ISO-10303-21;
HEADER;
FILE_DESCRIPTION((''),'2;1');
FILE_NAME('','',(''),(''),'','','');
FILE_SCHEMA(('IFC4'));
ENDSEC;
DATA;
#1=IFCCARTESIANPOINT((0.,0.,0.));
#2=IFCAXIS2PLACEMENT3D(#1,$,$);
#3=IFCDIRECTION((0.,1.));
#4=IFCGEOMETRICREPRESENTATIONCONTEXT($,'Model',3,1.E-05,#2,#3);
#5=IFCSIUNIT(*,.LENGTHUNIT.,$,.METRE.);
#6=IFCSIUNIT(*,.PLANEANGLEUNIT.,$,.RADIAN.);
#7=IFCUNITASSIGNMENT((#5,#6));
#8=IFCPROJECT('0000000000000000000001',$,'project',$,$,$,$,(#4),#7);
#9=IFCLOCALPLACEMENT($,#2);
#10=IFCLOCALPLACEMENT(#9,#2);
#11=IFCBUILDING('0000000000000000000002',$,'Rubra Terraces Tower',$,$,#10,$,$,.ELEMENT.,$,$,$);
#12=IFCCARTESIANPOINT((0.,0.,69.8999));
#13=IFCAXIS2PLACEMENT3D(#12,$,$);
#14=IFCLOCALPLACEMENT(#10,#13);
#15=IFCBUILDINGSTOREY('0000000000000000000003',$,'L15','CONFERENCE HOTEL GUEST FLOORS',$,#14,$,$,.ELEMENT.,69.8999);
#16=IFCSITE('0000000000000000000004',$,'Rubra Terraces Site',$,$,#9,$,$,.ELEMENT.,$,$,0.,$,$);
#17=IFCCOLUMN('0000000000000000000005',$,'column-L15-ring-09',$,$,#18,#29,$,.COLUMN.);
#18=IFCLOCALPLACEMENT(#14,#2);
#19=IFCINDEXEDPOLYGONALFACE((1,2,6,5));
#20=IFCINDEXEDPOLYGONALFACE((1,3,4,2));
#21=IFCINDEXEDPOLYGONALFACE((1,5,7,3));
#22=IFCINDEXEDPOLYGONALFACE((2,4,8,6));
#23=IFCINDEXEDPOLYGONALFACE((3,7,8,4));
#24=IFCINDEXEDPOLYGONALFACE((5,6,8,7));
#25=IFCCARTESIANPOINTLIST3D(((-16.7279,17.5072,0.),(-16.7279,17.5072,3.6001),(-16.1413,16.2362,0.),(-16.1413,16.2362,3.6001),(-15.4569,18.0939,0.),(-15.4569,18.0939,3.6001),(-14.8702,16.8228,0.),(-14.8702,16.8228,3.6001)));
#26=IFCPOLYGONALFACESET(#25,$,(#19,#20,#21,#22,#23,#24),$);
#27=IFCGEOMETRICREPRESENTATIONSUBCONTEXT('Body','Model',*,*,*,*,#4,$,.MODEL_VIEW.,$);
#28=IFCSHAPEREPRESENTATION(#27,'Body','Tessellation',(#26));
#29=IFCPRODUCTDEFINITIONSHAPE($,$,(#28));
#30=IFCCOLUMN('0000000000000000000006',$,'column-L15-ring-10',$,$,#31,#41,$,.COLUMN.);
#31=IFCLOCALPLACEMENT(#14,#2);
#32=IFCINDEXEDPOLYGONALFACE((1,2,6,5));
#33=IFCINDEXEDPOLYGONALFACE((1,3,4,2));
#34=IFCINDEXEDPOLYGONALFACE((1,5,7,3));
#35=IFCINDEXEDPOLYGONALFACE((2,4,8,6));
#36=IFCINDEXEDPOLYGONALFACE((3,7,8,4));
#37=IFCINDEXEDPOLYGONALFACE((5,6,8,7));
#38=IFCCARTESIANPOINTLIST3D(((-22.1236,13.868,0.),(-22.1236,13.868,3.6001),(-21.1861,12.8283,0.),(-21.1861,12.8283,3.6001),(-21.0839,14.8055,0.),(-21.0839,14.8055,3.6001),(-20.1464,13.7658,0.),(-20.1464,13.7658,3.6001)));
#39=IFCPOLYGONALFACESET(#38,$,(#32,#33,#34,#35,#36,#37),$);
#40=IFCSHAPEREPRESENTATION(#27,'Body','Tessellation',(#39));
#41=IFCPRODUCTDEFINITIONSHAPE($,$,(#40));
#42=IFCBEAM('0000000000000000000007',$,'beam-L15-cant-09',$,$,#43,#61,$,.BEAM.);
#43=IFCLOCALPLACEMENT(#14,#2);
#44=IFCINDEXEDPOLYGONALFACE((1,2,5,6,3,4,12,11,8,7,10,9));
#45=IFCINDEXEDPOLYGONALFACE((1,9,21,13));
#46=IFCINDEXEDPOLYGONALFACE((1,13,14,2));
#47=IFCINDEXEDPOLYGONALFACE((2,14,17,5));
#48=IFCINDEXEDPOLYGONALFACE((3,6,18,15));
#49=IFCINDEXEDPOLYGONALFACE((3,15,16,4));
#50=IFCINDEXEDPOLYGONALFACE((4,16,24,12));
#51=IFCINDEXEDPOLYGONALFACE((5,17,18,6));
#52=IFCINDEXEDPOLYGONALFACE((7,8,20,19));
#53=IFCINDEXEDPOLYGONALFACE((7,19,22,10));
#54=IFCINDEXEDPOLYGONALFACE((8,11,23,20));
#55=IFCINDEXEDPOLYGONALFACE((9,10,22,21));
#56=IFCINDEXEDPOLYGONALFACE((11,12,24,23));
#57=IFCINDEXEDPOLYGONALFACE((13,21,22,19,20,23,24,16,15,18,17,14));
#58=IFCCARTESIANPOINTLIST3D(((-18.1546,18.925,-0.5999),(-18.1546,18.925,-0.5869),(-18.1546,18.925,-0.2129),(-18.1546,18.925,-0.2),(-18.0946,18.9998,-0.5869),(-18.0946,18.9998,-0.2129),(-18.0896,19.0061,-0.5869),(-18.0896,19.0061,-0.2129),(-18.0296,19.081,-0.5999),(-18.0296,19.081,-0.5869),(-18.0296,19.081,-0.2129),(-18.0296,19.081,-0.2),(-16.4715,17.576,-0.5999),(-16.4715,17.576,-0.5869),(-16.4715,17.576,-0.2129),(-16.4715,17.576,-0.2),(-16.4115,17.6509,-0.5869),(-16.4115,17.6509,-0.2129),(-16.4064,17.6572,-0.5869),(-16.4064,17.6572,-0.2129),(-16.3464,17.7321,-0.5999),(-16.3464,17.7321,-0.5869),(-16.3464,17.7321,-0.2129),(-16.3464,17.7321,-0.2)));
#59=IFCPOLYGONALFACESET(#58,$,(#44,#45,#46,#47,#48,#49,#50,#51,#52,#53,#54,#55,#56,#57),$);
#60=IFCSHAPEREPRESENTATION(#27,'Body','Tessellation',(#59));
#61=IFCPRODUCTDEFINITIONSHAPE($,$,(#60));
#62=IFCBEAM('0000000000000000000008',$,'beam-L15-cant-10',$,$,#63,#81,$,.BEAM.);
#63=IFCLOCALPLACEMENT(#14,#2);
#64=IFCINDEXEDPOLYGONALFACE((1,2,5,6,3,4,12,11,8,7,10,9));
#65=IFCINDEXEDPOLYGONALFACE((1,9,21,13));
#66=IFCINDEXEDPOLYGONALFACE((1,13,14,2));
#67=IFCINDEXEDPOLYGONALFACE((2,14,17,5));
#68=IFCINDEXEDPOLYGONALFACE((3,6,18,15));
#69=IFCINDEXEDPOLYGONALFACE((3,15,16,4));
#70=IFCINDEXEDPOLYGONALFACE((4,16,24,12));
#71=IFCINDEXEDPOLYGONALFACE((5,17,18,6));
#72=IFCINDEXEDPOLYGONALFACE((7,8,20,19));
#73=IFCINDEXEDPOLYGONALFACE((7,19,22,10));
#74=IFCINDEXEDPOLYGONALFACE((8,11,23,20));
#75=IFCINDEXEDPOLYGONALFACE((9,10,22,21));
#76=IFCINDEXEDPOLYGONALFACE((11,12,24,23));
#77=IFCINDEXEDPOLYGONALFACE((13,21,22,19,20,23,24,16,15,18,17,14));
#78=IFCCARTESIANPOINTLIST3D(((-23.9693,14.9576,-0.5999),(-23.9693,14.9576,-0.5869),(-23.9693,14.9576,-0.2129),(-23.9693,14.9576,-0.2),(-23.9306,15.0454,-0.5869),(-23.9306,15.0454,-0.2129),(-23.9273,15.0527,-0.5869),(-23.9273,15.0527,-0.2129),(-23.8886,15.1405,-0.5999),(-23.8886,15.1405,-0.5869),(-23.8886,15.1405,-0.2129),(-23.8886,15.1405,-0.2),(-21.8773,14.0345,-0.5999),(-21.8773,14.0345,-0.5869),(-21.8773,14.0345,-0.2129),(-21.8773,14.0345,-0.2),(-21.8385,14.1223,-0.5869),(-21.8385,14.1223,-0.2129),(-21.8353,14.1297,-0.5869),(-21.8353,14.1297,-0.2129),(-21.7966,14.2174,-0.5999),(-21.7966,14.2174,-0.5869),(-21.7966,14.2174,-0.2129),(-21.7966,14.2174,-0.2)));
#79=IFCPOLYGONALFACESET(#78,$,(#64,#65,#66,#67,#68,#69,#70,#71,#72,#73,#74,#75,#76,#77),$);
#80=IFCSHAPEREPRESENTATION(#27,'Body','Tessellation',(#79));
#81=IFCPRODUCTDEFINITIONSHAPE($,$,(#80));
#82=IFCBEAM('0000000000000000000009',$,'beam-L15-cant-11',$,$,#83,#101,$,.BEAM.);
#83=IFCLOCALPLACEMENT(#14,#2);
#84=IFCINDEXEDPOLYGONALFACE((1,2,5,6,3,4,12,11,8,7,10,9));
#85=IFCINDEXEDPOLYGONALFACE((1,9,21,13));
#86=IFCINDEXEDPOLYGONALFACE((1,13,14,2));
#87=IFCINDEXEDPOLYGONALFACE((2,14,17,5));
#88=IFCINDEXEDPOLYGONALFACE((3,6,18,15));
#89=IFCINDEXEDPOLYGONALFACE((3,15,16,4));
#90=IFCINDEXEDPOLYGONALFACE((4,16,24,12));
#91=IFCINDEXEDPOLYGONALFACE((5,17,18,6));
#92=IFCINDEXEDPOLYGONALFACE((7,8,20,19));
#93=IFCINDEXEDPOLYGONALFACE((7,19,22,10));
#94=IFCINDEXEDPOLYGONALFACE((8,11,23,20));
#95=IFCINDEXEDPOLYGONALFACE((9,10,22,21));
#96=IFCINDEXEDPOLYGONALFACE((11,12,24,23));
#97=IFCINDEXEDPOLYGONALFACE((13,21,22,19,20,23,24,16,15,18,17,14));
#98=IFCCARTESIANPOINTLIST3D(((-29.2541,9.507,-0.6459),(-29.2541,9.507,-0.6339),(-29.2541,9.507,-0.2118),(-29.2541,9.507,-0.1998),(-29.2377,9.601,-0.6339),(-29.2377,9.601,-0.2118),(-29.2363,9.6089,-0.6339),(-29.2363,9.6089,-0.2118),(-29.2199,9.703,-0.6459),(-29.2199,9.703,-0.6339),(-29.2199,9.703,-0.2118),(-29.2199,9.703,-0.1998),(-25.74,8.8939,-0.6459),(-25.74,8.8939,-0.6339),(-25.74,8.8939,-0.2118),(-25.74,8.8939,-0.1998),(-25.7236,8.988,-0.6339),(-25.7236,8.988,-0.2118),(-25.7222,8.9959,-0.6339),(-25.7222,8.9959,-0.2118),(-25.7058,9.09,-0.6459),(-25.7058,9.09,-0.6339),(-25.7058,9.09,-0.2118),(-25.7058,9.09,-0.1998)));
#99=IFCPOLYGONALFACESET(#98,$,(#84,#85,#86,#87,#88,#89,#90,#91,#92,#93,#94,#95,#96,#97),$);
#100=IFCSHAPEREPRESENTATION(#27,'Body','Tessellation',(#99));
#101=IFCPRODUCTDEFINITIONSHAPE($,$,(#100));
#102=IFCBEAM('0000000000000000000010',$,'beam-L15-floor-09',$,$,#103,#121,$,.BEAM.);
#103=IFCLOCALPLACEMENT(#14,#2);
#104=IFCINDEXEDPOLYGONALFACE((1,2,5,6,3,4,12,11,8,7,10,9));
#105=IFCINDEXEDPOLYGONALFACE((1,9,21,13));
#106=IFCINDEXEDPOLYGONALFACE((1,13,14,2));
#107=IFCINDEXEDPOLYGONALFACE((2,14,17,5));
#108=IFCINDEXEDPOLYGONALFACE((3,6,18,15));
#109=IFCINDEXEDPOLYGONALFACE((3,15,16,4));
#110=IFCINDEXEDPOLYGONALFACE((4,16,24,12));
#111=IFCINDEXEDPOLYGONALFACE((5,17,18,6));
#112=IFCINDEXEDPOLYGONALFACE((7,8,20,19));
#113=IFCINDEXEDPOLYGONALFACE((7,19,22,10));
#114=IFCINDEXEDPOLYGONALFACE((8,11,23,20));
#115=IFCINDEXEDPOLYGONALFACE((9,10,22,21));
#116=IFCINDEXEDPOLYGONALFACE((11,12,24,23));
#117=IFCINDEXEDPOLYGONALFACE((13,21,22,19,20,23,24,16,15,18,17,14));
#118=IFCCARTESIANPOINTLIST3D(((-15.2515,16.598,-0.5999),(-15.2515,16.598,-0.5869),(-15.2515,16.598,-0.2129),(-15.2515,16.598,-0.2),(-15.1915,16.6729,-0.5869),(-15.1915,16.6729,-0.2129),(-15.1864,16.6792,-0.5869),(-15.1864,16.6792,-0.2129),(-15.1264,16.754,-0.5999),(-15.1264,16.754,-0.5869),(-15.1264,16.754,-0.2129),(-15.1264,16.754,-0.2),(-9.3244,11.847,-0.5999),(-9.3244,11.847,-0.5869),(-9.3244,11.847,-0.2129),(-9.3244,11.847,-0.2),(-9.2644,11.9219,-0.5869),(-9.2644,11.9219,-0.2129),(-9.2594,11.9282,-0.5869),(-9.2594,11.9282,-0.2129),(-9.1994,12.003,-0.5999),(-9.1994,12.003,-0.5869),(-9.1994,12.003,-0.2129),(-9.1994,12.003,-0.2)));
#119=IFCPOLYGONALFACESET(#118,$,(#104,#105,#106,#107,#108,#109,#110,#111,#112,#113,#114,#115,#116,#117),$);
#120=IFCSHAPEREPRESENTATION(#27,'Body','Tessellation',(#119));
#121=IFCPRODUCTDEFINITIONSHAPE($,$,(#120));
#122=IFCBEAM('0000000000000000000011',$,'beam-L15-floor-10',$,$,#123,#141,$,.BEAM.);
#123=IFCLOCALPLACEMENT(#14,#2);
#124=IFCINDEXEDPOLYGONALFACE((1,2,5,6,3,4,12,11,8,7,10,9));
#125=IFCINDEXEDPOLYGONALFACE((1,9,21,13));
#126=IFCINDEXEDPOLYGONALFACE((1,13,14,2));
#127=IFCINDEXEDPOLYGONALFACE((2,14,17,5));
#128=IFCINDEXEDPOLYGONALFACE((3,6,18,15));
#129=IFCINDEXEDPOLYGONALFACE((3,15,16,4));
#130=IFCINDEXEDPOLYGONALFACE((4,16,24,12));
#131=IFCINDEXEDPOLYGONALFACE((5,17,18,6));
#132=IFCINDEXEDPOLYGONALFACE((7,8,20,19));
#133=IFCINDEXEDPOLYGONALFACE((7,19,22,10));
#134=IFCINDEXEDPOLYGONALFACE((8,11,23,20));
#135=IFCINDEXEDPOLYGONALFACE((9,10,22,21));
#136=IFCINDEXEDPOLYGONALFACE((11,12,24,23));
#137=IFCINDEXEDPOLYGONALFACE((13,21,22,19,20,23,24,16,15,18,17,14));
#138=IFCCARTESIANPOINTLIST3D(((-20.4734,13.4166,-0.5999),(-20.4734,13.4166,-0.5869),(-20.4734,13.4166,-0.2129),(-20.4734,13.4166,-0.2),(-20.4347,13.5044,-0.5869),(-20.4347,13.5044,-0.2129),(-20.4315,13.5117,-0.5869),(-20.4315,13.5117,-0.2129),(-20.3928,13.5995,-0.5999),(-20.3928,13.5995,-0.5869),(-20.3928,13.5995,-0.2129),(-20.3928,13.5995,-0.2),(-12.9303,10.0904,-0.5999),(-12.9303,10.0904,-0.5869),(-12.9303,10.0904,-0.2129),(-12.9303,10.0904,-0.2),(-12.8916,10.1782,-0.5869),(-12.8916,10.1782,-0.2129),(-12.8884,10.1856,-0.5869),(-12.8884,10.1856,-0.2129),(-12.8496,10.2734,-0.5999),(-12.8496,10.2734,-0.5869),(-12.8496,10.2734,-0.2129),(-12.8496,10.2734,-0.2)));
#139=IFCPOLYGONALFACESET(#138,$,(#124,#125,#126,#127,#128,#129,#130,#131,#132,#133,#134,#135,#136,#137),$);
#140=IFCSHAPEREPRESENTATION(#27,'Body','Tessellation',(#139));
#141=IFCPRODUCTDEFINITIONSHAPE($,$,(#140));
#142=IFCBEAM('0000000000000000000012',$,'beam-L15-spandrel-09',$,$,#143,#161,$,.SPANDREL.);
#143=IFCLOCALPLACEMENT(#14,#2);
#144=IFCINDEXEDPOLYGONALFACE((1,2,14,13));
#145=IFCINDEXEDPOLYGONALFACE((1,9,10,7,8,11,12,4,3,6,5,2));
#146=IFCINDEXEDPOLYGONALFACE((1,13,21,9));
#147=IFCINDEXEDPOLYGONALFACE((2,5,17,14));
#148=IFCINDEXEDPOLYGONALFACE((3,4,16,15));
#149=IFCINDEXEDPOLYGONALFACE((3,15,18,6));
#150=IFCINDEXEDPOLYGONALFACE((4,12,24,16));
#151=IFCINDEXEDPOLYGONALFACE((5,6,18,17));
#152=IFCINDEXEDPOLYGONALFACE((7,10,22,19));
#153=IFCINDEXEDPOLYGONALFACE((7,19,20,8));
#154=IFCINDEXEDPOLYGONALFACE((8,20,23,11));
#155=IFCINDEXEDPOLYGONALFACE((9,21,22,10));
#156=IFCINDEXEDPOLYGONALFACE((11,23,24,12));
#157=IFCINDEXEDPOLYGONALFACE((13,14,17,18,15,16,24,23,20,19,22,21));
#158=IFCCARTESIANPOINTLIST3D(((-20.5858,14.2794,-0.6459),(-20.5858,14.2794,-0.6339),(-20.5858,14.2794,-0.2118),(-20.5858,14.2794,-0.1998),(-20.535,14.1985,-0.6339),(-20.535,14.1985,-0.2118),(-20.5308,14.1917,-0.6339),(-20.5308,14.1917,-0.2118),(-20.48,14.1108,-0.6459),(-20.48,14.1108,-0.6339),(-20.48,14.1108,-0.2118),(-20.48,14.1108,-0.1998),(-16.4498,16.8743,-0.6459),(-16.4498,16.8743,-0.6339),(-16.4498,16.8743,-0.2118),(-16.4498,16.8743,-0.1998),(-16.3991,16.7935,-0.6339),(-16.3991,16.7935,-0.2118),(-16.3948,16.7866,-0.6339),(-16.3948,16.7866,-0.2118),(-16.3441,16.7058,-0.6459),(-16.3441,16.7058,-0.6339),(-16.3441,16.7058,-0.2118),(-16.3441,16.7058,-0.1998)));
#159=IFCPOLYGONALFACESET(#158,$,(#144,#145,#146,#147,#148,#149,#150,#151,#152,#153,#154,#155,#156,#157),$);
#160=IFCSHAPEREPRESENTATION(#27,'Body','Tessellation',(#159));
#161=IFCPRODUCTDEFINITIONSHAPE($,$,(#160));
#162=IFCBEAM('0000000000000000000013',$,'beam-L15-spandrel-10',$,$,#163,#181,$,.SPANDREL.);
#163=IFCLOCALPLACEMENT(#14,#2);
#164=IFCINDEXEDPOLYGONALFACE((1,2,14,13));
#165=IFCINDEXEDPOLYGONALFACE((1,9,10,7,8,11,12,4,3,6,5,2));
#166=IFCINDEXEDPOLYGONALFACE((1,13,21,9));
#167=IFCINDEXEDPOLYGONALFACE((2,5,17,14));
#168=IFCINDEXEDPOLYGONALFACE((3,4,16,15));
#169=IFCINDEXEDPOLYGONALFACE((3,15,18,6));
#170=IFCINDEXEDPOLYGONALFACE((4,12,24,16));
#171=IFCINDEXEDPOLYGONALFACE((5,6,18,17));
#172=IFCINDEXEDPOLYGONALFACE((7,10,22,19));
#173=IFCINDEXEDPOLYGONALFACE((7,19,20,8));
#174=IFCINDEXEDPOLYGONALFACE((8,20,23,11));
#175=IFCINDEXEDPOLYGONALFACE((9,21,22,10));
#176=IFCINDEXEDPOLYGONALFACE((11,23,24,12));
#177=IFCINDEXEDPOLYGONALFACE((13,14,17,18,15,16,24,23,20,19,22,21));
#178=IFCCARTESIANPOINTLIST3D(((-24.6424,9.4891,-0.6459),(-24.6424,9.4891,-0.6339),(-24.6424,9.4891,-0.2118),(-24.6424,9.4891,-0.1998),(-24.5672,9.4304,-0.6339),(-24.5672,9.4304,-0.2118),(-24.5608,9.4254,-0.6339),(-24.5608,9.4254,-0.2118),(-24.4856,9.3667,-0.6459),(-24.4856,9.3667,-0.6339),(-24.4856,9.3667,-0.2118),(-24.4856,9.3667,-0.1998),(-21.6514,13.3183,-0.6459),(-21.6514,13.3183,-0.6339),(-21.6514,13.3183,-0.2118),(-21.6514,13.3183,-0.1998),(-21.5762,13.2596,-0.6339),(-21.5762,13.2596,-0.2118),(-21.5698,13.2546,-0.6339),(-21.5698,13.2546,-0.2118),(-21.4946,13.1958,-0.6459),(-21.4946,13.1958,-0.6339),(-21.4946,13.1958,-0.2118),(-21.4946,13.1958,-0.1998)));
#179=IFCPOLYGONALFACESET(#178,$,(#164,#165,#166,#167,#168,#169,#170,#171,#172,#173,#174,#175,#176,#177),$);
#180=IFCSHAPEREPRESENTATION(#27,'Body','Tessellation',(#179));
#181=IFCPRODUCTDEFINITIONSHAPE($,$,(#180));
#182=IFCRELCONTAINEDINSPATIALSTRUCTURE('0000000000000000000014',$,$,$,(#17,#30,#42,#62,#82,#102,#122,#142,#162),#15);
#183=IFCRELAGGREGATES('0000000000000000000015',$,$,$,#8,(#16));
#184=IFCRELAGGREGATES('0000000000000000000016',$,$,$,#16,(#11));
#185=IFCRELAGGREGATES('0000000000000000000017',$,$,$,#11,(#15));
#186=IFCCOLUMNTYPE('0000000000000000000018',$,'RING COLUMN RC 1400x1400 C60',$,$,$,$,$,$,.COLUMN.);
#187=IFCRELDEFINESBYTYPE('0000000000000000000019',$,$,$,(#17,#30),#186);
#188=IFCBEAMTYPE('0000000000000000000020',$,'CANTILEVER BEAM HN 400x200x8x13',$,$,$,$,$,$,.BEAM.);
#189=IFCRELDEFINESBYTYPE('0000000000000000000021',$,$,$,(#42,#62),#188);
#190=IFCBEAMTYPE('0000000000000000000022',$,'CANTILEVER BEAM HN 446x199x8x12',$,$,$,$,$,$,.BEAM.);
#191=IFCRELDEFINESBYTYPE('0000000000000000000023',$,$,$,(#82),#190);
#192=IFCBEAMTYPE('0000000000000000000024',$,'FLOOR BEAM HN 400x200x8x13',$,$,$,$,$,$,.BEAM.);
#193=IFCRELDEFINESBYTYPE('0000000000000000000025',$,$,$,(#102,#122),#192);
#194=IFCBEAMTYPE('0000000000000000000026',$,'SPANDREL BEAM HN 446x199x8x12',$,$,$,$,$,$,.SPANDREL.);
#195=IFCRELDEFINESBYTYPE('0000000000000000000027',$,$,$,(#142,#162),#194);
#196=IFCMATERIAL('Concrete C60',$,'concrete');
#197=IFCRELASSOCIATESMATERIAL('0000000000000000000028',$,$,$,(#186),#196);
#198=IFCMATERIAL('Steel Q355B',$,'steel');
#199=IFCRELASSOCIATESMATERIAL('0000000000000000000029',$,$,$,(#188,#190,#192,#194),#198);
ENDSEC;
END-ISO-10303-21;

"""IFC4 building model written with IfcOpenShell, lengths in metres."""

from ifc_helpers import new_model, si_unit, direction, frame, origin, origin_2d, place, context, subcontext, project, spatial, rectangle, i_section, extrude, material, material_profile, profile_set, type_object, element, save


model = new_model("IFC4")

# Units and contexts
model_context = context("Model", 3, precision=1e-05, world=origin(), true_north=direction((0.0, 1.0)))
body_context = subcontext(model_context, "Body", "Model", "MODEL_VIEW")
ifc_project = project(units=[si_unit("LENGTHUNIT", "METRE"), si_unit("PLANEANGLEUNIT", "RADIAN")], contexts=[model_context])

# Site, building, storey
site_placement = place(None, origin())
site = spatial("IfcSite", under=ifc_project, at=site_placement, Name="Rubra Terraces Site", CompositionType="ELEMENT", RefElevation=0.0)
building_placement = place(site_placement, origin())
building = spatial("IfcBuilding", under=site, at=building_placement, Name="Rubra Terraces Tower", CompositionType="ELEMENT")
storey_placement = place(building_placement, frame((0.0, 0.0, 69.8999)))
storey = spatial("IfcBuildingStorey", under=building, at=storey_placement, Name="L15", Description="CONFERENCE HOTEL GUEST FLOORS", CompositionType="ELEMENT", Elevation=69.8999)

# Columns
ifc_material_1 = material(Name="Concrete C60", Category="concrete")
ifc_material_profile_1 = material_profile(ifc_material_1, rectangle(XDim=1.3999, YDim=1.3999, at=origin_2d()), Name="RC 1400x1400")
ifc_profile_set_1 = profile_set([ifc_material_profile_1], Name="Concrete C60")
column_type = type_object("IfcColumnType", Name="RING COLUMN RC 1400x1400 C60", PredefinedType="COLUMN", material=ifc_profile_set_1)
for number, where, z_axis, x_axis, name in (
    (1, (-15.7991, 17.165, 0.0), (0.0, 0.0, 1.0), (-0.907952, -0.419073, 0.0), "column-L15-ring-09"),
    (2, (-21.135, 13.8169, 0.0), (0.0, 0.0, 1.0), (-0.742676, -0.669651, 0.0), "column-L15-ring-10"),
):
    element("IfcColumn", number, at=place(storey_placement, frame(where, z_axis=z_axis, x_axis=x_axis)), inside=storey, type_object=column_type, Name=name, PredefinedType="COLUMN", context=body_context, shape_type="SweptSolid", body=[
        extrude(rectangle(XDim=1.3999, YDim=1.3999, at=origin_2d()), origin(), (0.0, 0.0, 1.0), 3.6001),
    ])

# Beams
ifc_material_2 = material(Name="Steel Q355B", Category="steel")
ifc_material_profile_2 = material_profile(ifc_material_2, i_section(OverallWidth=0.2, OverallDepth=0.3999, WebThickness=0.0081, FlangeThickness=0.0129, at=origin_2d()), Name="HN 400x200x8x13")
ifc_profile_set_2 = profile_set([ifc_material_profile_2], Name="Steel Q355B")
beam_type_1 = type_object("IfcBeamType", Name="CANTILEVER BEAM HN 400x200x8x13", PredefinedType="BEAM", material=ifc_profile_set_2)
beam_1_placement = place(storey_placement, frame((-16.4089, 17.6541, -0.3999), z_axis=(-0.780327, 0.625371, 0.0), x_axis=(-0.625371, -0.780327, 0.0)))
element("IfcBeam", 3, at=beam_1_placement, inside=storey, type_object=beam_type_1, Name="beam-L15-cant-09", PredefinedType="BEAM", context=body_context, shape_type="SweptSolid", body=[
    extrude(i_section(OverallWidth=0.2, OverallDepth=0.3999, WebThickness=0.0081, FlangeThickness=0.0129, at=origin_2d()), origin(), (0.0, 0.0, 1.0), 2.157),
])
beam_2_placement = place(storey_placement, frame((-21.8369, 14.126, -0.3999), z_axis=(-0.914896, 0.40369, 0.0), x_axis=(-0.40369, -0.914896, 0.0)))
element("IfcBeam", 4, at=beam_2_placement, inside=storey, type_object=beam_type_1, Name="beam-L15-cant-10", PredefinedType="BEAM", context=body_context, shape_type="SweptSolid", body=[
    extrude(i_section(OverallWidth=0.2, OverallDepth=0.3999, WebThickness=0.0081, FlangeThickness=0.0129, at=origin_2d()), origin(), (0.0, 0.0, 1.0), 2.2866),
])
ifc_material_profile_3 = material_profile(ifc_material_2, i_section(OverallWidth=0.199, OverallDepth=0.446, WebThickness=0.0081, FlangeThickness=0.012, at=origin_2d()), Name="HN 446x199x8x12")
ifc_profile_set_3 = profile_set([ifc_material_profile_3], Name="Steel Q355B")
beam_type_2 = type_object("IfcBeamType", Name="CANTILEVER BEAM HN 446x199x8x12", PredefinedType="BEAM", material=ifc_profile_set_3)
beam_3_placement = place(storey_placement, frame((-25.7229, 8.9919, -0.4229), z_axis=(-0.985123, 0.171852, 0.0), x_axis=(-0.171852, -0.985123, 0.0)))
element("IfcBeam", 5, at=beam_3_placement, inside=storey, type_object=beam_type_2, Name="beam-L15-cant-11", PredefinedType="BEAM", context=body_context, shape_type="SweptSolid", body=[
    extrude(i_section(OverallWidth=0.199, OverallDepth=0.446, WebThickness=0.0081, FlangeThickness=0.012, at=origin_2d()), origin(), (0.0, 0.0, 1.0), 3.5671),
])
ifc_material_profile_4 = material_profile(ifc_material_2, i_section(OverallWidth=0.2, OverallDepth=0.3999, WebThickness=0.0081, FlangeThickness=0.0129, at=origin_2d()), Name="HN 400x200x8x13")
ifc_profile_set_4 = profile_set([ifc_material_profile_4], Name="Steel Q355B")
beam_type_3 = type_object("IfcBeamType", Name="FLOOR BEAM HN 400x200x8x13", PredefinedType="BEAM", material=ifc_profile_set_4)
beam_4_placement = place(storey_placement, frame((-15.189, 16.676, -0.3999), z_axis=(0.780266, -0.625447, 0.0), x_axis=(0.625447, 0.780266, 0.0)))
element("IfcBeam", 6, at=beam_4_placement, inside=storey, type_object=beam_type_3, Name="beam-L15-floor-09", PredefinedType="BEAM", context=body_context, shape_type="SweptSolid", body=[
    extrude(i_section(OverallWidth=0.2, OverallDepth=0.3999, WebThickness=0.0081, FlangeThickness=0.0129, at=origin_2d()), origin(), (0.0, 0.0, 1.0), 7.5962),
])
beam_5_placement = place(storey_placement, frame((-20.4331, 13.5081, -0.3999), z_axis=(0.914995, -0.403466, 0.0), x_axis=(0.403466, 0.914995, 0.0)))
element("IfcBeam", 7, at=beam_5_placement, inside=storey, type_object=beam_type_3, Name="beam-L15-floor-10", PredefinedType="BEAM", context=body_context, shape_type="SweptSolid", body=[
    extrude(i_section(OverallWidth=0.2, OverallDepth=0.3999, WebThickness=0.0081, FlangeThickness=0.0129, at=origin_2d()), origin(), (0.0, 0.0, 1.0), 8.2439),
])
ifc_material_profile_5 = material_profile(ifc_material_2, i_section(OverallWidth=0.199, OverallDepth=0.446, WebThickness=0.0081, FlangeThickness=0.012, at=origin_2d()), Name="HN 446x199x8x12")
ifc_profile_set_5 = profile_set([ifc_material_profile_5], Name="Steel Q355B")
beam_type_4 = type_object("IfcBeamType", Name="SPANDREL BEAM HN 446x199x8x12", PredefinedType="SPANDREL", material=ifc_profile_set_5)
beam_6_placement = place(storey_placement, frame((-16.397, 16.79, -0.4229), z_axis=(-0.847078, -0.531468, 0.0), x_axis=(0.531468, -0.847078, 0.0)))
element("IfcBeam", 8, at=beam_6_placement, inside=storey, type_object=beam_type_4, Name="beam-L15-spandrel-09", PredefinedType="SPANDREL", context=body_context, shape_type="SweptSolid", body=[
    extrude(i_section(OverallWidth=0.199, OverallDepth=0.446, WebThickness=0.0081, FlangeThickness=0.012, at=origin_2d()), origin(), (0.0, 0.0, 1.0), 4.8826),
])
beam_7_placement = place(storey_placement, frame((-21.573, 13.2571, -0.4229), z_axis=(-0.615578, -0.788076, 0.0), x_axis=(0.788076, -0.615578, 0.0)))
element("IfcBeam", 9, at=beam_7_placement, inside=storey, type_object=beam_type_4, Name="beam-L15-spandrel-10", PredefinedType="SPANDREL", context=body_context, shape_type="SweptSolid", body=[
    extrude(i_section(OverallWidth=0.199, OverallDepth=0.446, WebThickness=0.0081, FlangeThickness=0.012, at=origin_2d()), origin(), (0.0, 0.0, 1.0), 4.8589),
])

save(model, "model.ifc")
